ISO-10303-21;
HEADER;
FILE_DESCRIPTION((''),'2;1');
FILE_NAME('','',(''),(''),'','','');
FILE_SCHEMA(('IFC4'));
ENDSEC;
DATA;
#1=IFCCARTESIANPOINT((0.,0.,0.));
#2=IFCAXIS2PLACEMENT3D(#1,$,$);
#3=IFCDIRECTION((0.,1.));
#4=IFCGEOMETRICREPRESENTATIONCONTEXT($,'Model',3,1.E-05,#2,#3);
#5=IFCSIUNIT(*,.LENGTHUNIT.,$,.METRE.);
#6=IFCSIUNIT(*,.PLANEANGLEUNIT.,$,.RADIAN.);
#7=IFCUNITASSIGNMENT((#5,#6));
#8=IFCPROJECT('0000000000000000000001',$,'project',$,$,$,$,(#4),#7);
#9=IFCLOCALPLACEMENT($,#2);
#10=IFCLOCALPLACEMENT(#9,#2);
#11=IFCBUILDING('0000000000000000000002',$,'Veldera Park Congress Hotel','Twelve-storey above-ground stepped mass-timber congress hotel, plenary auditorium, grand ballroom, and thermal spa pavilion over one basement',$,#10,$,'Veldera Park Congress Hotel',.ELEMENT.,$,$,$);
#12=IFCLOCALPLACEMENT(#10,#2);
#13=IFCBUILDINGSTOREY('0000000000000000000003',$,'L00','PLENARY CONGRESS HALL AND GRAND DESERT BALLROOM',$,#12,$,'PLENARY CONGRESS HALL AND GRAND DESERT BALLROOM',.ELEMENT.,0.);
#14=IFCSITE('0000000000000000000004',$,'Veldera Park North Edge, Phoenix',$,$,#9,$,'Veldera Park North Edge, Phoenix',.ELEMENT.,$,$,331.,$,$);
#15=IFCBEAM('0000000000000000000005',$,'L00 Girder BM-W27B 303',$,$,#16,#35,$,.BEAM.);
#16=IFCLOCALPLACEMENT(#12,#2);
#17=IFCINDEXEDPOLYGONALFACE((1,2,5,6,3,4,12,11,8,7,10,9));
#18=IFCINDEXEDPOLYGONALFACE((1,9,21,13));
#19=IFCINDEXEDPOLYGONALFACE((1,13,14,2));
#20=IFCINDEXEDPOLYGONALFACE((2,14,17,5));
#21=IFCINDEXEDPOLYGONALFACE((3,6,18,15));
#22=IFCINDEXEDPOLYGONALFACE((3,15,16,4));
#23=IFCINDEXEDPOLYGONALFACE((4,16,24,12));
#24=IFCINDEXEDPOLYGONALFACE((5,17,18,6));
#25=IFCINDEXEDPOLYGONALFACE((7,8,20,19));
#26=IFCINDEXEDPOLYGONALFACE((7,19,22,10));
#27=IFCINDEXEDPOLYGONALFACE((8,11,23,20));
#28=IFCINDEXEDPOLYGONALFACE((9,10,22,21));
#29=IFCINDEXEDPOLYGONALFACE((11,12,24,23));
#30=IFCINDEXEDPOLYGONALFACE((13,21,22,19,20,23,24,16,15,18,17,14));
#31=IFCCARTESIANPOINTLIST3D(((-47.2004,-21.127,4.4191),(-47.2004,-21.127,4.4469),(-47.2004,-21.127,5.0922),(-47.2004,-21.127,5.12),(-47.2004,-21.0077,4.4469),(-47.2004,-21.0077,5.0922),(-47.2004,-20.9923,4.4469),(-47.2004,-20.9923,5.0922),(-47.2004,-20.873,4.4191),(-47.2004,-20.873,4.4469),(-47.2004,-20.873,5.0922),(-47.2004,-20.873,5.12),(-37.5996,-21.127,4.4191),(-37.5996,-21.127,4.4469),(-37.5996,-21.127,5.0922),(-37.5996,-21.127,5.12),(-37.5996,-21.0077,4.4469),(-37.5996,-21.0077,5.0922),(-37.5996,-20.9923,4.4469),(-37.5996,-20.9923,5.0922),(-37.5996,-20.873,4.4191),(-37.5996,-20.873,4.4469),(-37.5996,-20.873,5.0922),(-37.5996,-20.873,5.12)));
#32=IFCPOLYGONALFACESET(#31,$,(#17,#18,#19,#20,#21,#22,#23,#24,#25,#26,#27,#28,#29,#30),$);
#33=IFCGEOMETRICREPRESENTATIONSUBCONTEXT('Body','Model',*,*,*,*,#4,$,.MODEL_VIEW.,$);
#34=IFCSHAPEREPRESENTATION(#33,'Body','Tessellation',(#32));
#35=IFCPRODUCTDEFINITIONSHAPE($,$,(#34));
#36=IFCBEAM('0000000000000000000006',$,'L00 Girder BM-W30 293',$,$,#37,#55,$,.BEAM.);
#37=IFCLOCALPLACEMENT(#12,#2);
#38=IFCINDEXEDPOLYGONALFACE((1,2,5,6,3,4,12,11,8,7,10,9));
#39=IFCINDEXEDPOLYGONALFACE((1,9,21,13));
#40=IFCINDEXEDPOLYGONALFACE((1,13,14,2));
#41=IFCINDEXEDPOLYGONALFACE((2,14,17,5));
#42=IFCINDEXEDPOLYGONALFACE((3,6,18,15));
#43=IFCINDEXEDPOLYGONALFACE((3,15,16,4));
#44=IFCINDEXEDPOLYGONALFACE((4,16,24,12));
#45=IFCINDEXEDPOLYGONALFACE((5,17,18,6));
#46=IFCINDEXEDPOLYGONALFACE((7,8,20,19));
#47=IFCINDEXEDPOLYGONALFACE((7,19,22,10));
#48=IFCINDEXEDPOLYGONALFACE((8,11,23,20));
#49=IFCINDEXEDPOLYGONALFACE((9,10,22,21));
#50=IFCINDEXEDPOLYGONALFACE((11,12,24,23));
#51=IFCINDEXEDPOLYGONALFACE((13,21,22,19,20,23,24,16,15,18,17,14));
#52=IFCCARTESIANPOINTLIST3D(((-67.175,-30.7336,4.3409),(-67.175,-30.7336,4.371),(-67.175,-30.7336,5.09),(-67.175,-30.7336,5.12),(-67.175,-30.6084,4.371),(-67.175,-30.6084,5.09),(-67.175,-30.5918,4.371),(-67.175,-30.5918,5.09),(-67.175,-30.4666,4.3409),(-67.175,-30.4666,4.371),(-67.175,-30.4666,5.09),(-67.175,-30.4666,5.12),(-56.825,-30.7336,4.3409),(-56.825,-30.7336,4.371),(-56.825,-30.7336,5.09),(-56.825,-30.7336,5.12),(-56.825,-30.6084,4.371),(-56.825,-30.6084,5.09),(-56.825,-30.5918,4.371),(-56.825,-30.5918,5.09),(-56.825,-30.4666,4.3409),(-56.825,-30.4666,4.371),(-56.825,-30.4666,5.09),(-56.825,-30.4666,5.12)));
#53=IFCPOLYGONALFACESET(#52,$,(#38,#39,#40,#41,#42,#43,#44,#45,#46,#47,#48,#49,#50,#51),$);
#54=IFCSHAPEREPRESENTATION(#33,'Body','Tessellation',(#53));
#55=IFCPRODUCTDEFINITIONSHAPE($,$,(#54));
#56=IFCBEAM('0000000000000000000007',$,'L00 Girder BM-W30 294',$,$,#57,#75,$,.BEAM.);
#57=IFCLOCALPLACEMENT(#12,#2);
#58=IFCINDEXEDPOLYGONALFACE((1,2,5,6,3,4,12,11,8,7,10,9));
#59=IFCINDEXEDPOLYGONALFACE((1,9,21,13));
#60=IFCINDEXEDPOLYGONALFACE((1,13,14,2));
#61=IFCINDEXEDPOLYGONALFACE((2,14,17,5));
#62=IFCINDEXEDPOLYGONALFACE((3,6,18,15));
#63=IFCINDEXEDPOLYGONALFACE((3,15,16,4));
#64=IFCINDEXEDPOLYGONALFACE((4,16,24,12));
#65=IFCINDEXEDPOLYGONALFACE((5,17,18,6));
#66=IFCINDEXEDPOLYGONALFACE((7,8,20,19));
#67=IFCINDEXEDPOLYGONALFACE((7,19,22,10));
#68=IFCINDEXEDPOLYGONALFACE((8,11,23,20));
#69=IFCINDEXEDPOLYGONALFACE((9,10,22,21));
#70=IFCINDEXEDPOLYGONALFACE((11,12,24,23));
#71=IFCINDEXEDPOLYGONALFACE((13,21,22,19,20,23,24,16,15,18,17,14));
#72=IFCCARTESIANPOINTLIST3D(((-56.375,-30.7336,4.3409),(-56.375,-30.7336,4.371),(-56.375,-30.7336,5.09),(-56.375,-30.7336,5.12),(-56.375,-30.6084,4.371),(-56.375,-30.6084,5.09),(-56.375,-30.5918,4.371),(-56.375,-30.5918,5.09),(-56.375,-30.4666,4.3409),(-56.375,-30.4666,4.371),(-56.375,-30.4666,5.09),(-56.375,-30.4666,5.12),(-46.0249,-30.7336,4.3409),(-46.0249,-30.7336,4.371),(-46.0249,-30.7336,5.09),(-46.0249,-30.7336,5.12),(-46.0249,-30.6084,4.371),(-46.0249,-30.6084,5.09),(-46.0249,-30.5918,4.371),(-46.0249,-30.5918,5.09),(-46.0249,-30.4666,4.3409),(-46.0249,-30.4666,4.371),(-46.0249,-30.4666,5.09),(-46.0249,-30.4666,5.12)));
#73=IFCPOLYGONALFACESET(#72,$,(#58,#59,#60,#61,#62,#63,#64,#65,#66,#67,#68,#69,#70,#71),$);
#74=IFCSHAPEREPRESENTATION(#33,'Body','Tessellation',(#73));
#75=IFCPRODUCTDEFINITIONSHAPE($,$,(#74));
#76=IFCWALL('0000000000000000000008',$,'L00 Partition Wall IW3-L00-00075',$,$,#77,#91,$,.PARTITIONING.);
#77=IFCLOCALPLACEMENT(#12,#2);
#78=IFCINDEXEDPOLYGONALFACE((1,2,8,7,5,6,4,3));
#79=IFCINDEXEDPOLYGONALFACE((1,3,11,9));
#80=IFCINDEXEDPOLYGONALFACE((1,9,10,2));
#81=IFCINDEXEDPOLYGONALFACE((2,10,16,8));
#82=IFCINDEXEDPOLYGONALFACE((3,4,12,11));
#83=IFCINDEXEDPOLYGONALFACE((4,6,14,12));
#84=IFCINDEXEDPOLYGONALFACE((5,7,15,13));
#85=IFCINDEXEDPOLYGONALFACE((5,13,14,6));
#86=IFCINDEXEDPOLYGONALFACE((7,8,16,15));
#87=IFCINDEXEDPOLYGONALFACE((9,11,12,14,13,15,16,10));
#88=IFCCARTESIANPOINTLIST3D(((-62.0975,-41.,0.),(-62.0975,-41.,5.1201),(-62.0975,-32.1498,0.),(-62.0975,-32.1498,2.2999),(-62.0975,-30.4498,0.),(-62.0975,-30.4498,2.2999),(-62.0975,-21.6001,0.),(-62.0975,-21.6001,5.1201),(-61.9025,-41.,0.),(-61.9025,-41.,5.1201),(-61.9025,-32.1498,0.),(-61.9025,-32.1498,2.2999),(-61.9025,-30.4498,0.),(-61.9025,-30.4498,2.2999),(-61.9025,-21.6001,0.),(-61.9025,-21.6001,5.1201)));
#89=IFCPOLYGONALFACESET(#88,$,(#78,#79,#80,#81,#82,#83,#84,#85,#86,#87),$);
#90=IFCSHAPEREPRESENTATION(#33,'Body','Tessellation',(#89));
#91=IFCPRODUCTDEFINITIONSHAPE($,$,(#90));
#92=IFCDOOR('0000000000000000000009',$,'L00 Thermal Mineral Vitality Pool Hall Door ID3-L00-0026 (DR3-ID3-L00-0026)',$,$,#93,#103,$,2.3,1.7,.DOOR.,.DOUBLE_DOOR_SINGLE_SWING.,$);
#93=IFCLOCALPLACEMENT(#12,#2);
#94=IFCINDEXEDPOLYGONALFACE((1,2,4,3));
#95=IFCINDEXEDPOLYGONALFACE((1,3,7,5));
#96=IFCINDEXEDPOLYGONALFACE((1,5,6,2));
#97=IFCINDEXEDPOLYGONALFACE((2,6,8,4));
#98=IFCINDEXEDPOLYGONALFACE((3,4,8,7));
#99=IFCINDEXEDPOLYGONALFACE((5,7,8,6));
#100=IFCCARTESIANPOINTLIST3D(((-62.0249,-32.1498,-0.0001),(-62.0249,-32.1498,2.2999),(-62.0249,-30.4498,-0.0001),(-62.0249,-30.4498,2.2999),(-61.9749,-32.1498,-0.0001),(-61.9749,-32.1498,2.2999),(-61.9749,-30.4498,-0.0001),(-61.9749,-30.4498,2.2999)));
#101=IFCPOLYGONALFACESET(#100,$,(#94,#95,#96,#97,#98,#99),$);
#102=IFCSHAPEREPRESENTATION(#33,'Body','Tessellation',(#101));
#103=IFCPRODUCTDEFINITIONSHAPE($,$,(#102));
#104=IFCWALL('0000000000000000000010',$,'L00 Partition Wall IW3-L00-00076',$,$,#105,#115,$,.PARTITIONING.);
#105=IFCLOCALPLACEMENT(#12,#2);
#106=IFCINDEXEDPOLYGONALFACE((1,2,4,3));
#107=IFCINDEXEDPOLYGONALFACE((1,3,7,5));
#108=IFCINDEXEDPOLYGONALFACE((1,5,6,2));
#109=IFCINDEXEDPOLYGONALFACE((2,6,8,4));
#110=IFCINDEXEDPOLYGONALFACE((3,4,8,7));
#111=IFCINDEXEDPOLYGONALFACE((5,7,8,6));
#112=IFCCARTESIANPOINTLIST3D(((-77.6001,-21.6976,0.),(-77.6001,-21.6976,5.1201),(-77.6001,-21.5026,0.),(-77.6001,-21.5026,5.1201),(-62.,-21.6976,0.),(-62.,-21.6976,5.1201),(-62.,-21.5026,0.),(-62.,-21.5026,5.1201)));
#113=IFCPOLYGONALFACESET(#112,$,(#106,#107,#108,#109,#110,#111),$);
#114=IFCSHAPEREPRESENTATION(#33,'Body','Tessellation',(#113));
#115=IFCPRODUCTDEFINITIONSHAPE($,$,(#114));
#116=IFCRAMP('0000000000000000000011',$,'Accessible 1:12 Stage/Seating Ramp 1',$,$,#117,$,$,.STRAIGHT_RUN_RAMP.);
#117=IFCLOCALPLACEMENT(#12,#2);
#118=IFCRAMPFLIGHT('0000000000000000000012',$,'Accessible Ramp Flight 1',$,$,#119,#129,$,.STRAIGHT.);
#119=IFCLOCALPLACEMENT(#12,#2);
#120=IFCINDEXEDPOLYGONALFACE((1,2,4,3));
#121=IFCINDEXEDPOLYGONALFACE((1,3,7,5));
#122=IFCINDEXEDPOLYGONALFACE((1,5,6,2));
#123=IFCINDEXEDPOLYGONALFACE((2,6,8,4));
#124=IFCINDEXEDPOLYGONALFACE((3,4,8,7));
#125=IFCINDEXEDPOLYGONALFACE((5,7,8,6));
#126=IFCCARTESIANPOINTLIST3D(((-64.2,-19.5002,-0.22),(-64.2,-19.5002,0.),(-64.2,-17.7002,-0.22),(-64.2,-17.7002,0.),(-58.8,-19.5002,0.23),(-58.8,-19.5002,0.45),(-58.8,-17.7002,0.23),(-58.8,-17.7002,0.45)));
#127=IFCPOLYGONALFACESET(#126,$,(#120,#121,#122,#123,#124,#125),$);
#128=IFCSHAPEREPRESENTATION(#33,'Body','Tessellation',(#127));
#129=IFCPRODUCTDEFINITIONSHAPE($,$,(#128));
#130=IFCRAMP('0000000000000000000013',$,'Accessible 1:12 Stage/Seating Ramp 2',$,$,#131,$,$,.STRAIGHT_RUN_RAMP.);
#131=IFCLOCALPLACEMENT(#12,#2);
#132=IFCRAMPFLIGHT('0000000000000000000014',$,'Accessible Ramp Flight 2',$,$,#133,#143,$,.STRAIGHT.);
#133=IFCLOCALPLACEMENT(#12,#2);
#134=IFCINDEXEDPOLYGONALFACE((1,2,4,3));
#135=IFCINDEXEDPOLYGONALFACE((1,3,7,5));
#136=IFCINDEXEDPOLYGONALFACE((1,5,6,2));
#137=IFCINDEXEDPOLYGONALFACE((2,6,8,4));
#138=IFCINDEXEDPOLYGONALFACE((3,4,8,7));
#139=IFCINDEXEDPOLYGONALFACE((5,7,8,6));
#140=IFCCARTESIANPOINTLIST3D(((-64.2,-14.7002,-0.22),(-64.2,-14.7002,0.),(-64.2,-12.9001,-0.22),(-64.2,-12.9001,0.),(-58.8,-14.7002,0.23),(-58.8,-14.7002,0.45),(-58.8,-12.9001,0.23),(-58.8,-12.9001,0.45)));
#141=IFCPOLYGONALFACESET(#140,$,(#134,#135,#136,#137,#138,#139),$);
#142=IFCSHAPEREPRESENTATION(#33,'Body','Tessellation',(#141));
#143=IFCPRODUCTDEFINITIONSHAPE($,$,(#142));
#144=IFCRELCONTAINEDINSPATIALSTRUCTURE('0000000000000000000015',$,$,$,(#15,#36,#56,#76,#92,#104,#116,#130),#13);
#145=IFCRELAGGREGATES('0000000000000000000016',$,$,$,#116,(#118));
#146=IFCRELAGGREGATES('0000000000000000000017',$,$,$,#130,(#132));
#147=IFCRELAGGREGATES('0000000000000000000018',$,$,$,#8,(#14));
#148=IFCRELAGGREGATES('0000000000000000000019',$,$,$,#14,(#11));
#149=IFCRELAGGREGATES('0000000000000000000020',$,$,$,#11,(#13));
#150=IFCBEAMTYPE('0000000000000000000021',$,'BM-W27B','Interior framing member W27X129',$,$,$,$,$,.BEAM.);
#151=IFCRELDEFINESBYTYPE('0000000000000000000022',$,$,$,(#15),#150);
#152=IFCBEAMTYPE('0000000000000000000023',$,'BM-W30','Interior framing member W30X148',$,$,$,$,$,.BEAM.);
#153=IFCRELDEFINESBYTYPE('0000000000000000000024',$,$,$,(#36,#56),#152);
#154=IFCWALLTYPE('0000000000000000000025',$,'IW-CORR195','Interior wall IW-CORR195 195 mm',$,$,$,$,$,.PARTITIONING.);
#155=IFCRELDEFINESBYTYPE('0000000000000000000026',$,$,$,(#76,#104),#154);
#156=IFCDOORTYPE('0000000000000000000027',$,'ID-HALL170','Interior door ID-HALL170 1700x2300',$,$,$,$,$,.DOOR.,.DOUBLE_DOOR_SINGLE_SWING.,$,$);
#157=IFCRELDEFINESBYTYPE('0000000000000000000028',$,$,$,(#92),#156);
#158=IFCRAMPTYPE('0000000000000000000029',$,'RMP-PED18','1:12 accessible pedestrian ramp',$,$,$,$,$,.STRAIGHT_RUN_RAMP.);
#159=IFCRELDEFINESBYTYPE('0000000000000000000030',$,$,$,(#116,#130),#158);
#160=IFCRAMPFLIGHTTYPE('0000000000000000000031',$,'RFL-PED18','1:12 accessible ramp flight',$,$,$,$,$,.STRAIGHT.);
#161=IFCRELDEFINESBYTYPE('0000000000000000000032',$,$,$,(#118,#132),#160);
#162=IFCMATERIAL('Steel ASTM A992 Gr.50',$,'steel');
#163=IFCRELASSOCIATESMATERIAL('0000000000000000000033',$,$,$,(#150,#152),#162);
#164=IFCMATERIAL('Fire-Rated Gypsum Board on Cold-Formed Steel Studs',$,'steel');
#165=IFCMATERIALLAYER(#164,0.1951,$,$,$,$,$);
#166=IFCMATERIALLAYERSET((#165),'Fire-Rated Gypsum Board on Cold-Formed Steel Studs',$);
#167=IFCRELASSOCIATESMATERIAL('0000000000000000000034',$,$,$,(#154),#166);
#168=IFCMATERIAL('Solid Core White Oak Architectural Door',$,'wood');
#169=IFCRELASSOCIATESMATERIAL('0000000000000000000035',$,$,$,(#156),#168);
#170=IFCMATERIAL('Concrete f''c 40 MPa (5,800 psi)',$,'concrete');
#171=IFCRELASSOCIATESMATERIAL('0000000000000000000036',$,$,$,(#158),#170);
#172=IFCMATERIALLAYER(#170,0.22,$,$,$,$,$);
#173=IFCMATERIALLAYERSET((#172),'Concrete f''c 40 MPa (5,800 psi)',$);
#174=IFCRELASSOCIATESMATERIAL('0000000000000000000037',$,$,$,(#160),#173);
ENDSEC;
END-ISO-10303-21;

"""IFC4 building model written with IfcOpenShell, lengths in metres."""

from ifc_helpers import new_model, si_unit, direction, frame, frame_2d, origin, origin_2d, place, context, subcontext, project, spatial, polyline, rectangle, i_section, outline, extrude, material, layer, layer_set, material_profile, profile_set, type_object, element, fill, aggregate, save


model = new_model("IFC4")

# Units and contexts
model_context = context("Model", 3, precision=1e-05, world=origin(), true_north=direction((0.0, 1.0)))
body_context = subcontext(model_context, "Body", "Model", "MODEL_VIEW")
ifc_project = project(units=[si_unit("LENGTHUNIT", "METRE"), si_unit("PLANEANGLEUNIT", "RADIAN")], contexts=[model_context])

# Site, building, storey
site_placement = place(None, origin())
site = spatial("IfcSite", under=ifc_project, at=site_placement, Name="Veldera Park North Edge, Phoenix", LongName="Veldera Park North Edge, Phoenix", CompositionType="ELEMENT", RefElevation=331.0)
building_placement = place(site_placement, origin())
building = spatial("IfcBuilding", under=site, at=building_placement, Name="Veldera Park Congress Hotel", Description="Twelve-storey above-ground stepped mass-timber congress hotel, plenary auditorium, grand ballroom, and thermal spa pavilion over one basement", LongName="Veldera Park Congress Hotel", CompositionType="ELEMENT")
storey_placement = place(building_placement, origin())
storey = spatial("IfcBuildingStorey", under=building, at=storey_placement, Name="L00", Description="PLENARY CONGRESS HALL AND GRAND DESERT BALLROOM", LongName="PLENARY CONGRESS HALL AND GRAND DESERT BALLROOM", CompositionType="ELEMENT", Elevation=0.0)

# Shared definitions
ifc_material_1 = material(Name="Steel ASTM A992 Gr.50", Category="steel")

# Beams
ifc_material_profile_1 = material_profile(ifc_material_1, i_section(OverallWidth=0.2539, OverallDepth=0.7009, WebThickness=0.0154, FlangeThickness=0.0278, at=origin_2d()), Name="W27X129")
ifc_profile_set_1 = profile_set([ifc_material_profile_1], Name="Steel ASTM A992 Gr.50")
beam_type_1 = type_object("IfcBeamType", Name="BM-W27B", Description="Interior framing member W27X129", PredefinedType="BEAM", material=ifc_profile_set_1)
for number, where, z_axis, x_axis, name in (
    (1, (-47.2004, -21.0, 4.7695), (1.0, 0.0, 0.0), (0.0, 1.0, 0.0), "L00 Girder BM-W27B 303"),
):
    element("IfcBeam", number, at=place(storey_placement, frame(where, z_axis=z_axis, x_axis=x_axis)), inside=storey, type_object=beam_type_1, Name=name, PredefinedType="BEAM", context=body_context, shape_type="SweptSolid", body=[
        extrude(i_section(OverallWidth=0.2539, OverallDepth=0.7009, WebThickness=0.0154, FlangeThickness=0.0278, at=origin_2d()), origin(), (0.0, 0.0, 1.0), 9.6008),
    ])
ifc_material_profile_2 = material_profile(ifc_material_1, i_section(OverallWidth=0.2671, OverallDepth=0.7791, WebThickness=0.0166, FlangeThickness=0.03, at=origin_2d()), Name="W30X148")
ifc_profile_set_2 = profile_set([ifc_material_profile_2], Name="Steel ASTM A992 Gr.50")
beam_type_2 = type_object("IfcBeamType", Name="BM-W30", Description="Interior framing member W30X148", PredefinedType="BEAM", material=ifc_profile_set_2)
for number, where, z_axis, x_axis, name in (
    (2, (-67.175, -30.6001, 4.7305), (1.0, 0.0, 0.0), (0.0, 1.0, 0.0), "L00 Girder BM-W30 293"),
    (3, (-56.375, -30.6001, 4.7305), (1.0, 0.0, 0.0), (0.0, 1.0, 0.0), "L00 Girder BM-W30 294"),
):
    element("IfcBeam", number, at=place(storey_placement, frame(where, z_axis=z_axis, x_axis=x_axis)), inside=storey, type_object=beam_type_2, Name=name, PredefinedType="BEAM", context=body_context, shape_type="SweptSolid", body=[
        extrude(i_section(OverallWidth=0.2671, OverallDepth=0.7791, WebThickness=0.0166, FlangeThickness=0.03, at=origin_2d()), origin(), (0.0, 0.0, 1.0), 10.3501),
    ])

# Wall, opening, door
ifc_material_2 = material(Name="Fire-Rated Gypsum Board on Cold-Formed Steel Studs", Category="steel")
ifc_layer_1 = layer(ifc_material_2, 0.1951)
ifc_layer_set_1 = layer_set([ifc_layer_1], Name="Fire-Rated Gypsum Board on Cold-Formed Steel Studs")
wall_type = type_object("IfcWallType", Name="IW-CORR195", Description="Interior wall IW-CORR195 195 mm", PredefinedType="PARTITIONING", material=ifc_layer_set_1)
wall_1_placement = place(storey_placement, frame((-62.0, -41.0, 0.0), z_axis=(0.0, 0.0, 1.0), x_axis=(0.0, 1.0, 0.0)))
wall_1 = element("IfcWall", 4, at=wall_1_placement, inside=storey, type_object=wall_type, Name="L00 Partition Wall IW3-L00-00075", PredefinedType="PARTITIONING", context=body_context, shape_type="SweptSolid", body=[
    extrude(rectangle(XDim=19.3999, YDim=0.1951, at=frame_2d((9.7, 0.0))), origin(), (0.0, 0.0, 1.0), 5.1201),
])
opening_placement = place(wall_1_placement, frame((8.8501, 0.0, 0.0)))
opening = element("IfcOpeningElement", 5, at=opening_placement, cuts=wall_1, PredefinedType="OPENING", context=body_context, shape_type="SweptSolid", body=[
    extrude(rectangle(XDim=1.7, YDim=2.3, at=frame_2d((0.8501, 1.1499))), frame((0.0, 0.1096, 0.0), z_axis=(0.0, -1.0, 0.0), x_axis=(1.0, 0.0, 0.0)), (0.0, 0.0, 1.0), 0.219),
])
ifc_material_3 = material(Name="Solid Core White Oak Architectural Door", Category="wood")
door_type = type_object("IfcDoorType", Name="ID-HALL170", Description="Interior door ID-HALL170 1700x2300", OperationType="DOUBLE_DOOR_SINGLE_SWING", PredefinedType="DOOR", material=ifc_material_3)
door_placement = place(opening_placement, origin())
door = element("IfcDoor", 6, at=door_placement, inside=storey, type_object=door_type, Name="L00 Thermal Mineral Vitality Pool Hall Door ID3-L00-0026 (DR3-ID3-L00-0026)", OperationType="DOUBLE_DOOR_SINGLE_SWING", OverallHeight=2.3, OverallWidth=1.7, PredefinedType="DOOR", context=body_context, shape_type="SweptSolid", body=[
    extrude(rectangle(XDim=1.7, YDim=2.3, at=frame_2d((0.8501, 1.1499))), frame((0.0, 0.0249, 0.0), z_axis=(0.0, -1.0, 0.0), x_axis=(1.0, 0.0, 0.0)), (0.0, 0.0, 1.0), 0.05),
])
fill(opening, door)

# Wall
wall_2_placement = place(storey_placement, frame((-62.0, -21.6001, 0.0), z_axis=(0.0, 0.0, 1.0), x_axis=(-1.0, 0.0, 0.0)))
element("IfcWall", 7, at=wall_2_placement, inside=storey, type_object=wall_type, Name="L00 Partition Wall IW3-L00-00076", PredefinedType="PARTITIONING", context=body_context, shape_type="SweptSolid", body=[
    extrude(rectangle(XDim=15.6001, YDim=0.1951, at=frame_2d((7.8, 0.0))), origin(), (0.0, 0.0, 1.0), 5.1201),
])

# Ramps, ramp flights
ifc_material_4 = material(Name="Concrete f'c 40 MPa (5,800 psi)", Category="concrete")
ramp_type = type_object("IfcRampType", Name="RMP-PED18", Description="1:12 accessible pedestrian ramp", PredefinedType="STRAIGHT_RUN_RAMP", material=ifc_material_4)
ramp_1_placement = place(storey_placement, origin())
ramp_1 = element("IfcRamp", 8, at=ramp_1_placement, inside=storey, type_object=ramp_type, Name="Accessible 1:12 Stage/Seating Ramp 1", PredefinedType="STRAIGHT_RUN_RAMP")
ifc_layer_2 = layer(ifc_material_4, 0.22)
ifc_layer_set_2 = layer_set([ifc_layer_2], Name="Concrete f'c 40 MPa (5,800 psi)")
ramp_flight_type = type_object("IfcRampFlightType", Name="RFL-PED18", Description="1:12 accessible ramp flight", PredefinedType="STRAIGHT", material=ifc_layer_set_2)
ramp_flight_1_placement = place(storey_placement, frame((-64.2, -18.6001, 0.0), z_axis=(0.0, 0.0, 1.0), x_axis=(1.0, 0.0, 0.0)))
ramp_flight_1 = element("IfcRampFlight", 9, at=ramp_flight_1_placement, type_object=ramp_flight_type, Name="Accessible Ramp Flight 1", PredefinedType="STRAIGHT", context=body_context, shape_type="SweptSolid", body=[
    extrude(outline(polyline([(0.0, -0.22), (5.3999, 0.23), (5.3999, 0.45), (0.0, 0.0), (0.0, -0.22)])), frame((0.0, 0.8999, 0.0), z_axis=(0.0, -1.0, 0.0), x_axis=(1.0, 0.0, 0.0)), (0.0, 0.0, 1.0), 1.8),
])
aggregate(ramp_1, [ramp_flight_1])
ramp_2_placement = place(storey_placement, origin())
ramp_2 = element("IfcRamp", 10, at=ramp_2_placement, inside=storey, type_object=ramp_type, Name="Accessible 1:12 Stage/Seating Ramp 2", PredefinedType="STRAIGHT_RUN_RAMP")
ramp_flight_2_placement = place(storey_placement, frame((-64.2, -13.8, 0.0), z_axis=(0.0, 0.0, 1.0), x_axis=(1.0, 0.0, 0.0)))
ramp_flight_2 = element("IfcRampFlight", 11, at=ramp_flight_2_placement, type_object=ramp_flight_type, Name="Accessible Ramp Flight 2", PredefinedType="STRAIGHT", context=body_context, shape_type="SweptSolid", body=[
    extrude(outline(polyline([(0.0, -0.22), (5.3999, 0.23), (5.3999, 0.45), (0.0, 0.0), (0.0, -0.22)])), frame((0.0, 0.8999, 0.0), z_axis=(0.0, -1.0, 0.0), x_axis=(1.0, 0.0, 0.0)), (0.0, 0.0, 1.0), 1.8),
])
aggregate(ramp_2, [ramp_flight_2])

save(model, "model.ifc")
